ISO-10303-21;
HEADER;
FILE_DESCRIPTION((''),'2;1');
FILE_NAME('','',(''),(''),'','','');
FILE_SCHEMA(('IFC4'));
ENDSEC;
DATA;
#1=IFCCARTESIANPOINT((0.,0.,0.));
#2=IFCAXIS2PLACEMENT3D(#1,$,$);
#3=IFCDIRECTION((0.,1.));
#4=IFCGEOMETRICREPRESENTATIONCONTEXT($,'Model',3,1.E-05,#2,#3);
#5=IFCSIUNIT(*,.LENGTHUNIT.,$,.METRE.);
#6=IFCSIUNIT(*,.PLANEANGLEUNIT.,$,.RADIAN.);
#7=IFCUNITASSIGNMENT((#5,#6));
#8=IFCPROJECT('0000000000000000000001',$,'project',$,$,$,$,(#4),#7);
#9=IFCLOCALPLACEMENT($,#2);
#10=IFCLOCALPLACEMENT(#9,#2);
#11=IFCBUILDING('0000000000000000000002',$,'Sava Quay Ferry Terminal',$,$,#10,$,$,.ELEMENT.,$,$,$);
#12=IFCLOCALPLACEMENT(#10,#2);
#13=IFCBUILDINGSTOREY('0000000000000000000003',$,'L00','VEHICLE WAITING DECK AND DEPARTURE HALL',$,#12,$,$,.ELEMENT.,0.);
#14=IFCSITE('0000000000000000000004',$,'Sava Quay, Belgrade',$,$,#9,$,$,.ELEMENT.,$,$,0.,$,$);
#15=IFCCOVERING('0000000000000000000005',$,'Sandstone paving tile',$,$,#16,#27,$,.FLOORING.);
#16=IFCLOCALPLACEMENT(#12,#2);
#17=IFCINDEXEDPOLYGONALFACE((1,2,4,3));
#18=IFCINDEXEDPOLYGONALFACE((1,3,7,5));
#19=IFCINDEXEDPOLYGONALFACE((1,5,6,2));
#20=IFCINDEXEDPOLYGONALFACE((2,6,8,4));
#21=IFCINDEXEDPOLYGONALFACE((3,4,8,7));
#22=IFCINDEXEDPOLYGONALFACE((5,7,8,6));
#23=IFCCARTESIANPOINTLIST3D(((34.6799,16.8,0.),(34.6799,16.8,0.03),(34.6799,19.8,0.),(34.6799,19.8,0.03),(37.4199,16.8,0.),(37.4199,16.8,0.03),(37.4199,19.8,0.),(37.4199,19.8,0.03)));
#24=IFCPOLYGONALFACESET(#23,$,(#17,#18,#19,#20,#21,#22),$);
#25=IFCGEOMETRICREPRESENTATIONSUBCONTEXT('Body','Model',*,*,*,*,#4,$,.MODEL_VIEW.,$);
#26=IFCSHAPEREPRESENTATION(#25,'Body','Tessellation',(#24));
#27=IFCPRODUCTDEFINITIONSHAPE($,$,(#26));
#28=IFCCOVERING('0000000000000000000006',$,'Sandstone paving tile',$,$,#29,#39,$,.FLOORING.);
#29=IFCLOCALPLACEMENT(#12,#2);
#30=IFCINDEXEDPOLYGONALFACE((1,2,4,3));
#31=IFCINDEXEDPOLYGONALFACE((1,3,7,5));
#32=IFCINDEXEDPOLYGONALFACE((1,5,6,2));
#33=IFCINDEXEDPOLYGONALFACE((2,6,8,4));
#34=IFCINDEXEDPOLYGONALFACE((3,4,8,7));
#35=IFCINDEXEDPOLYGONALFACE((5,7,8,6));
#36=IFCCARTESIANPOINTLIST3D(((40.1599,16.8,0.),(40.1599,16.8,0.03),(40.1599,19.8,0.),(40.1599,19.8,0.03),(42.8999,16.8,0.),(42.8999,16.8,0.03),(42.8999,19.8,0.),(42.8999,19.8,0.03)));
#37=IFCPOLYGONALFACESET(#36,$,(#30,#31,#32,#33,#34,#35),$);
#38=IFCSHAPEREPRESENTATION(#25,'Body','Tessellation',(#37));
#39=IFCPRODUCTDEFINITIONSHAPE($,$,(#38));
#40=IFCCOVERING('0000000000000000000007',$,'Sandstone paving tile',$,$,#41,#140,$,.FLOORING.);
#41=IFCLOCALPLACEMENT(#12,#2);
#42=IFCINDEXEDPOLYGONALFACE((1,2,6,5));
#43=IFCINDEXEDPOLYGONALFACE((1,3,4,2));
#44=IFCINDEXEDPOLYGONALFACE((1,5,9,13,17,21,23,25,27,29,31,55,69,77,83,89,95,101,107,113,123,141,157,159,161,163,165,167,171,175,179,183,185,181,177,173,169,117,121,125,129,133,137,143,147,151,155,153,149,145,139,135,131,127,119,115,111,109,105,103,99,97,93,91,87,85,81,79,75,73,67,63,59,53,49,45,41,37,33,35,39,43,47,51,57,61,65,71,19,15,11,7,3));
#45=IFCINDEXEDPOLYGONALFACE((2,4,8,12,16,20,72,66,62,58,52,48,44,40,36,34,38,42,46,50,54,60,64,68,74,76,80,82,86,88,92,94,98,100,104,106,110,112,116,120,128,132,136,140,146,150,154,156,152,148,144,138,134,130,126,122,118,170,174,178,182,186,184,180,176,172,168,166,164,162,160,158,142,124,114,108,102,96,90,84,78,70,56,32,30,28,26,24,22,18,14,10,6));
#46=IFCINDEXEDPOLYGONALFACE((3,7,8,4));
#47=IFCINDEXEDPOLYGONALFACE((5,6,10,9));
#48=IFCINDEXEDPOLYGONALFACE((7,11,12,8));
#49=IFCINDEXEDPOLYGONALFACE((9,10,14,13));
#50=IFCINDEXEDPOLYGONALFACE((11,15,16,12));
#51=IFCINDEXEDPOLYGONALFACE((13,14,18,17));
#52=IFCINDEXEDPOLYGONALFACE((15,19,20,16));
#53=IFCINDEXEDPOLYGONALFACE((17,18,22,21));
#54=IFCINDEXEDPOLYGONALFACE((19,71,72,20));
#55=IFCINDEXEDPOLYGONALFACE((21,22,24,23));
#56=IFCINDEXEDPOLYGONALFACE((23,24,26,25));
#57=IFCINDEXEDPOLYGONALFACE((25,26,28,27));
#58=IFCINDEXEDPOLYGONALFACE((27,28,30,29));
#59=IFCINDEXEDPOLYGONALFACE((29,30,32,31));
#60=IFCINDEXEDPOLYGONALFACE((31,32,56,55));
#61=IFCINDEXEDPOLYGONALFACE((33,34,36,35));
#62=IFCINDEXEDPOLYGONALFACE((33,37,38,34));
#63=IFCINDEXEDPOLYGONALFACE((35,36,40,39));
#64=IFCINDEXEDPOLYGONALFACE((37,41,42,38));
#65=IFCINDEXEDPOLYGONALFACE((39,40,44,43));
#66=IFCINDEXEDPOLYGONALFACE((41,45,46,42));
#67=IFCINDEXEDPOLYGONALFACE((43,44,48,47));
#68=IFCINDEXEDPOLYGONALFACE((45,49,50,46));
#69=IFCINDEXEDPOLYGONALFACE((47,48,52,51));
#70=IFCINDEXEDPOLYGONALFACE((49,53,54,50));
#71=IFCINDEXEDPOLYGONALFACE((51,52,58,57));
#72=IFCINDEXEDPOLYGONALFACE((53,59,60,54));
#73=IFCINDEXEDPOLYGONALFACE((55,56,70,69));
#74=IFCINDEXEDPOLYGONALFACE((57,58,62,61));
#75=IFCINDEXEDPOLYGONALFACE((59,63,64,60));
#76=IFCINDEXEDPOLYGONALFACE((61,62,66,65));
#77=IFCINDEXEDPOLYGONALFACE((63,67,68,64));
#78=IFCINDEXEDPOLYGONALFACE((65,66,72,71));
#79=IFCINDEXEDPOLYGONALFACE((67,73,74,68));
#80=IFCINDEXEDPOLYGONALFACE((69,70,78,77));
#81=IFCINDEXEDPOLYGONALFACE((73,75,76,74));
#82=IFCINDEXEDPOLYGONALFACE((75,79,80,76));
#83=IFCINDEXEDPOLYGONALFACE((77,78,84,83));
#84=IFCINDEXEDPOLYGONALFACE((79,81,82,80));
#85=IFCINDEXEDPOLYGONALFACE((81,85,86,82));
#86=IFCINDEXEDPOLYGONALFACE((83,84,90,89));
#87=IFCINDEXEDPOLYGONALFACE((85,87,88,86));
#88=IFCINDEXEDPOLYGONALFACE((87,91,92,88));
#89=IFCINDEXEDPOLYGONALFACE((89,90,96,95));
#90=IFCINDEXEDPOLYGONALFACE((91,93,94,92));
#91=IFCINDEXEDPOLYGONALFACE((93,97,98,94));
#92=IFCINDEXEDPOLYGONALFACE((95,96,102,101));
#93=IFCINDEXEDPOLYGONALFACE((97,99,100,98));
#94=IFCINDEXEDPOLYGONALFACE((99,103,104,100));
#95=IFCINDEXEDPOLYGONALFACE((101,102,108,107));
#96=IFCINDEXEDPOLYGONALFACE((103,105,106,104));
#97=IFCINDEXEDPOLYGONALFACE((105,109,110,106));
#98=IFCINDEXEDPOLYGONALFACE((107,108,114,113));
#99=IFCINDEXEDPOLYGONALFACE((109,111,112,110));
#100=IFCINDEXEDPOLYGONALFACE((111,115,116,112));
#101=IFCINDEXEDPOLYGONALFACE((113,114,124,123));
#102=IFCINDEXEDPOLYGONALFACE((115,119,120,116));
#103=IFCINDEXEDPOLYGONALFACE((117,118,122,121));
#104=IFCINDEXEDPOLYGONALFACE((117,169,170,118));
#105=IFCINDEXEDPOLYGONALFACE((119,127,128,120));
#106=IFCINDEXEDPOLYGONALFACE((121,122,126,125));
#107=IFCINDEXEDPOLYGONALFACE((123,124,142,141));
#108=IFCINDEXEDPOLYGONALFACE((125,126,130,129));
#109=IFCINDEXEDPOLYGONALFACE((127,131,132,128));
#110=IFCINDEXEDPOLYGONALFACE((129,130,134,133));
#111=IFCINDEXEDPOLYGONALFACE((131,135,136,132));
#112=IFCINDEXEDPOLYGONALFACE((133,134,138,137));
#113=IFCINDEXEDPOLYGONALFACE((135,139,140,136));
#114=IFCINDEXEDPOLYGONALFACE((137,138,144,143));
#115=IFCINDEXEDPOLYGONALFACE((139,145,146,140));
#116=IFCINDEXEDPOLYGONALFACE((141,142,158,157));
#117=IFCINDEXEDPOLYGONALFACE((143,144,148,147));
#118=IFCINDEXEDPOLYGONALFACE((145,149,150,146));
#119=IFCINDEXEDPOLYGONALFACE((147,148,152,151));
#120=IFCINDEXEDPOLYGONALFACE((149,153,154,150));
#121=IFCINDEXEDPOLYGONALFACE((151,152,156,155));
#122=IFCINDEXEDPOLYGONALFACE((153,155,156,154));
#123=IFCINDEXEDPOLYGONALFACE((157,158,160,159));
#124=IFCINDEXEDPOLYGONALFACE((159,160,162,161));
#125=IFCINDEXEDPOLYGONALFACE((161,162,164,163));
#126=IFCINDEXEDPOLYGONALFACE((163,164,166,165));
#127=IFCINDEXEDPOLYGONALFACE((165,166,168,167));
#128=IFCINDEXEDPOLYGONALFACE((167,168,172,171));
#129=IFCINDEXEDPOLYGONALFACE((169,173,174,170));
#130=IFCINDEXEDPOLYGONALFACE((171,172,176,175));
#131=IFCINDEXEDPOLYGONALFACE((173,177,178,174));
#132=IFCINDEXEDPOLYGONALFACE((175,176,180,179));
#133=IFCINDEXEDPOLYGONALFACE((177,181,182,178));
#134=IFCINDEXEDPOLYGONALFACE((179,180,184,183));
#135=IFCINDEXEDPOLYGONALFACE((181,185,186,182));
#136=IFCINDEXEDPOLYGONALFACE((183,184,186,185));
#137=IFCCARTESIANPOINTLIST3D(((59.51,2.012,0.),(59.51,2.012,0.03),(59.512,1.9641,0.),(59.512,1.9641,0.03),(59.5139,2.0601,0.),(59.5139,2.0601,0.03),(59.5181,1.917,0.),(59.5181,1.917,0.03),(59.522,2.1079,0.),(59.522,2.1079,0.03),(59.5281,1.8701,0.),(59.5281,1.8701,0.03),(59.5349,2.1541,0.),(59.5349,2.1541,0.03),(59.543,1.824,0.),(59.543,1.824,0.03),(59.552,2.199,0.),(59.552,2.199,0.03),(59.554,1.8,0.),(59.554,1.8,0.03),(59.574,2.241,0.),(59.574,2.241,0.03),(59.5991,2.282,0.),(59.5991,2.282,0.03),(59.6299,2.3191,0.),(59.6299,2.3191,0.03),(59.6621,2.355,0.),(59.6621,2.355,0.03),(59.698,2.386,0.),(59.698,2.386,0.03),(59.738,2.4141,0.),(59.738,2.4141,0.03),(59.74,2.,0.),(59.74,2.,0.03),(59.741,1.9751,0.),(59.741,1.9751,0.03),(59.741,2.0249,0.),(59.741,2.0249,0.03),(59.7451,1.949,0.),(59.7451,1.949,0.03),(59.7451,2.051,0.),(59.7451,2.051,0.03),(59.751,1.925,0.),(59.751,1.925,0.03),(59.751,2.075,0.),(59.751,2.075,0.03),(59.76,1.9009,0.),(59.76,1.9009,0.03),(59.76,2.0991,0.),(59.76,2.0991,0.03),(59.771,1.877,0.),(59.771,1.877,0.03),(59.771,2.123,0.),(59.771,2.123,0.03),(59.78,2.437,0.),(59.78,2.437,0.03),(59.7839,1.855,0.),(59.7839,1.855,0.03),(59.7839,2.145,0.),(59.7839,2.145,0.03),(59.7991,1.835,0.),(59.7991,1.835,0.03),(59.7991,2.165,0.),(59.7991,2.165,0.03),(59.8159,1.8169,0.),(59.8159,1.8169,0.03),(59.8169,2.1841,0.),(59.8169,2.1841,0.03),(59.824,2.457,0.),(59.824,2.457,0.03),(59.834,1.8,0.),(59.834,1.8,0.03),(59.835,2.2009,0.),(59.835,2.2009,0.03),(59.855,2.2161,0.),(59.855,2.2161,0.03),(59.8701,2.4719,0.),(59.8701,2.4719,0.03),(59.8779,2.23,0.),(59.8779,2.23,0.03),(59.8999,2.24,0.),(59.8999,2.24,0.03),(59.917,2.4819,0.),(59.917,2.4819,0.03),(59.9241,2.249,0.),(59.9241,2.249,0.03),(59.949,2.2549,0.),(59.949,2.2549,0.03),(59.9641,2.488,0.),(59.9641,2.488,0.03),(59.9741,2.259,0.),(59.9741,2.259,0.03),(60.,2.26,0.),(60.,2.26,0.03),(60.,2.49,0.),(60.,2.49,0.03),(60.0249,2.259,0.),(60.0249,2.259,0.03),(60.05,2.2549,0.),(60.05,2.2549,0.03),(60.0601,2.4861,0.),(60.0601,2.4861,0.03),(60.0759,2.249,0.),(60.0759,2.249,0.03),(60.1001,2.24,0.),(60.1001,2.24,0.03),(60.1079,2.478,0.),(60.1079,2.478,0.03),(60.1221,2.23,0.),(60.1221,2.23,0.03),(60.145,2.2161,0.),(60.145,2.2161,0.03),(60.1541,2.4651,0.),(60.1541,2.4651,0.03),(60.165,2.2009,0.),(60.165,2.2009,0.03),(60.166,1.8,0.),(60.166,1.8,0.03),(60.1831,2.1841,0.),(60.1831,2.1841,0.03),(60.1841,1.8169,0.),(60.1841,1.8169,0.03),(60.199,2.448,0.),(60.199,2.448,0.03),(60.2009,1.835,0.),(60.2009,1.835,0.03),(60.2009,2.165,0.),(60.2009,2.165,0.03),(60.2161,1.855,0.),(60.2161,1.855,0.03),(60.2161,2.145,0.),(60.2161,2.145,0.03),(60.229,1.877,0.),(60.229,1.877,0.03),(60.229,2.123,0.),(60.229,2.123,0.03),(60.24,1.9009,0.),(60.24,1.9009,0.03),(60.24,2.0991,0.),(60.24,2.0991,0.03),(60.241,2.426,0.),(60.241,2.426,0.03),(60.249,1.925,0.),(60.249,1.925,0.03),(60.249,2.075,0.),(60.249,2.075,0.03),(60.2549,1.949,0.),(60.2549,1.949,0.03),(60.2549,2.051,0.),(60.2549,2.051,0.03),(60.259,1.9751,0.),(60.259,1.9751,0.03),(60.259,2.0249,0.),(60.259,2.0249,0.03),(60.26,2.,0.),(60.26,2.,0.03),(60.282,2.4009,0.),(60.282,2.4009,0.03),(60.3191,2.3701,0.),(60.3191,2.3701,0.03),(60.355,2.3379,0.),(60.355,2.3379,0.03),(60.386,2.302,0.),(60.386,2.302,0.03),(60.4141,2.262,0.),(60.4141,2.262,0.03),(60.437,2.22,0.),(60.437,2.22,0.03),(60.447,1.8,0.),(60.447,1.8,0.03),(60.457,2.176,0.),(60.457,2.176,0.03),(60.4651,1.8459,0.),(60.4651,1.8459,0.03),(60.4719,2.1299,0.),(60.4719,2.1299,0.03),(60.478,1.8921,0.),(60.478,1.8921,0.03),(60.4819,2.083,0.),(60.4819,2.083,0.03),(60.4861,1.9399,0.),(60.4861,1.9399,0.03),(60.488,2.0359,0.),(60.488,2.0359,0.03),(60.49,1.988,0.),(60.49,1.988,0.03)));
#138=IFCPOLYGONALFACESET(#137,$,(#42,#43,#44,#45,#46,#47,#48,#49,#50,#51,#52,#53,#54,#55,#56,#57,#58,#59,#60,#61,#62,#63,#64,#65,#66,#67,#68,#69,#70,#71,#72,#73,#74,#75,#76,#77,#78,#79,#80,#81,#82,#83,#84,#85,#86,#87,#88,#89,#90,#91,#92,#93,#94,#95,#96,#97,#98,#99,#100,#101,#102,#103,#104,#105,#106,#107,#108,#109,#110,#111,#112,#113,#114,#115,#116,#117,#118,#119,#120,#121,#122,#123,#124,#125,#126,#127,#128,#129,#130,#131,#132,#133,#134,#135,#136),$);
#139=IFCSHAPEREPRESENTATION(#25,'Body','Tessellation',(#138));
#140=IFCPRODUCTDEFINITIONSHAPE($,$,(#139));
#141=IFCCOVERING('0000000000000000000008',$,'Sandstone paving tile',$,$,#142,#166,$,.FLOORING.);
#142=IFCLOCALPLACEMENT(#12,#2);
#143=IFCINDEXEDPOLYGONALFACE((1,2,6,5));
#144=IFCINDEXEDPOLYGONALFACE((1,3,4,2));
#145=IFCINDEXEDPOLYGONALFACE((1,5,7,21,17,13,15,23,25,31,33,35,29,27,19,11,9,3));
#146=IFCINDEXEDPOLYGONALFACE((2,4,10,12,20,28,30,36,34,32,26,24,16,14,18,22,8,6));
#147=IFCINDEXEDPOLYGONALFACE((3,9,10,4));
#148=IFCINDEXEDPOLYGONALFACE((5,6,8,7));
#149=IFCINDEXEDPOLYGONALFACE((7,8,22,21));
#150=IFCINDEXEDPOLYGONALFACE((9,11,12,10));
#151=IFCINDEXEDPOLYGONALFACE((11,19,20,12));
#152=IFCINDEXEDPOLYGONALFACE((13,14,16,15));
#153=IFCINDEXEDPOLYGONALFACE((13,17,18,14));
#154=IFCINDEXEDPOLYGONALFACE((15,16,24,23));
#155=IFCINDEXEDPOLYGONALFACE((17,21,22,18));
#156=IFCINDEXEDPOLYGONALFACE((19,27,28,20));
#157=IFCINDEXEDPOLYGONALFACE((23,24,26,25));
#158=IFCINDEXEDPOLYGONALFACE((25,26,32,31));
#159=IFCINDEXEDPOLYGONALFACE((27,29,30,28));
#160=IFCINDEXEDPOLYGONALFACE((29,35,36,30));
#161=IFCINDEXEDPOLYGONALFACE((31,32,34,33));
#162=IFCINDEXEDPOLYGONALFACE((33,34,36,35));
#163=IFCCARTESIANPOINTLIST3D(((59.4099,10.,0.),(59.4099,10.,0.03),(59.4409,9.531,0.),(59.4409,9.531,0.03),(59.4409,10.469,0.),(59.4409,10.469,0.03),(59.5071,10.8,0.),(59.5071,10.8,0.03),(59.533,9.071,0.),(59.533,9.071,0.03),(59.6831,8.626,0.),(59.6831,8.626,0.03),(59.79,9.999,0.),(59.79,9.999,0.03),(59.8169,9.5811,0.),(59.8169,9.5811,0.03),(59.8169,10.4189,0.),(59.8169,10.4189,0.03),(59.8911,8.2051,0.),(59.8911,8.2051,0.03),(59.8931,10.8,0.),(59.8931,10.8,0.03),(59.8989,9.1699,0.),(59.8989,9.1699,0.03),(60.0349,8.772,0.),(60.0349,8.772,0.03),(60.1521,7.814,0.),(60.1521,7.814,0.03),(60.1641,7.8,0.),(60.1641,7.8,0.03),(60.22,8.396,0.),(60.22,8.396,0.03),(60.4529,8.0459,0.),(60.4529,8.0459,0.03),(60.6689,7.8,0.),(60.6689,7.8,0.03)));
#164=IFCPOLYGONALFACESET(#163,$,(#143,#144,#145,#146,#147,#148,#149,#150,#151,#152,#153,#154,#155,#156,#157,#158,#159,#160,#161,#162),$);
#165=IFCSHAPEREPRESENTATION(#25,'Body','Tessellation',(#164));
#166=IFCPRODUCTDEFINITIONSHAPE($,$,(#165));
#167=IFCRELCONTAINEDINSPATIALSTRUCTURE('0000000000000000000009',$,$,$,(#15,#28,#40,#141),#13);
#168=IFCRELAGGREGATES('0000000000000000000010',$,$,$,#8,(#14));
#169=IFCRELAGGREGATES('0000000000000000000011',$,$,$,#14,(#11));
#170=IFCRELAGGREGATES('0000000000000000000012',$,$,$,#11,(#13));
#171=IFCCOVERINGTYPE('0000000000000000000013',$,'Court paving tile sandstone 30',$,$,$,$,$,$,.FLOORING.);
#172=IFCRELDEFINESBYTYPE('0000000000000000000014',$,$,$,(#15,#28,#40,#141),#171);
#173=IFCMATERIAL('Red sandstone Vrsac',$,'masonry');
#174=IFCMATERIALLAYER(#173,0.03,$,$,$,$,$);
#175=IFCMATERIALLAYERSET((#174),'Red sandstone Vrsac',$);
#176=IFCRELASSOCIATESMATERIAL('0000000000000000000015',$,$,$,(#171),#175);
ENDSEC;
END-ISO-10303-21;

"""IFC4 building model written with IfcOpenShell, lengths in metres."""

from ifc_helpers import new_model, si_unit, direction, origin, place, context, subcontext, project, spatial, polyline, outline, extrude, material, layer, layer_set, type_object, element, save


model = new_model("IFC4")

# Units and contexts
model_context = context("Model", 3, precision=1e-05, world=origin(), true_north=direction((0.0, 1.0)))
body_context = subcontext(model_context, "Body", "Model", "MODEL_VIEW")
ifc_project = project(units=[si_unit("LENGTHUNIT", "METRE"), si_unit("PLANEANGLEUNIT", "RADIAN")], contexts=[model_context])

# Site, building, storey
site_placement = place(None, origin())
site = spatial("IfcSite", under=ifc_project, at=site_placement, Name="Sava Quay, Belgrade", CompositionType="ELEMENT", RefElevation=0.0)
building_placement = place(site_placement, origin())
building = spatial("IfcBuilding", under=site, at=building_placement, Name="Sava Quay Ferry Terminal", CompositionType="ELEMENT")
storey_placement = place(building_placement, origin())
storey = spatial("IfcBuildingStorey", under=building, at=storey_placement, Name="L00", Description="VEHICLE WAITING DECK AND DEPARTURE HALL", CompositionType="ELEMENT", Elevation=0.0)

# Coverings
ifc_material_1 = material(Name="Red sandstone Vrsac", Category="masonry")
ifc_layer_1 = layer(ifc_material_1, 0.03)
ifc_layer_set_1 = layer_set([ifc_layer_1], Name="Red sandstone Vrsac")
covering_type_1 = type_object("IfcCoveringType", Name="Court paving tile sandstone 30", PredefinedType="FLOORING", material=ifc_layer_set_1)
covering_1_placement = place(storey_placement, origin())
element("IfcCovering", 1, at=covering_1_placement, inside=storey, type_object=covering_type_1, Name="Sandstone paving tile", PredefinedType="FLOORING", context=body_context, shape_type="SweptSolid", body=[
    extrude(outline(polyline([(37.4199, 16.8), (37.4199, 19.8), (34.6799, 19.8), (34.6799, 16.8), (37.4199, 16.8)])), origin(), (0.0, 0.0, 1.0), 0.03),
])
covering_2_placement = place(storey_placement, origin())
element("IfcCovering", 2, at=covering_2_placement, inside=storey, type_object=covering_type_1, Name="Sandstone paving tile", PredefinedType="FLOORING", context=body_context, shape_type="SweptSolid", body=[
    extrude(outline(polyline([(42.8999, 16.8), (42.8999, 19.8), (40.1599, 19.8), (40.1599, 16.8), (42.8999, 16.8)])), origin(), (0.0, 0.0, 1.0), 0.03),
])
covering_3_placement = place(storey_placement, origin())
element("IfcCovering", 3, at=covering_3_placement, inside=storey, type_object=covering_type_1, Name="Sandstone paving tile", PredefinedType="FLOORING", context=body_context, shape_type="SweptSolid", body=[
    extrude(outline(polyline([(59.554, 1.8), (59.834, 1.8), (59.8159, 1.8169), (59.7991, 1.835), (59.7839, 1.855), (59.771, 1.877), (59.76, 1.9009), (59.751, 1.925), (59.7451, 1.949), (59.741, 1.9751), (59.74, 2.0), (59.741, 2.0249), (59.7451, 2.051), (59.751, 2.075), (59.76, 2.0991), (59.771, 2.123), (59.7839, 2.145), (59.7991, 2.165), (59.8169, 2.1841), (59.835, 2.2009), (59.855, 2.2161), (59.8779, 2.23), (59.8999, 2.24), (59.9241, 2.249), (59.949, 2.2549), (59.9741, 2.259), (60.0, 2.26), (60.0249, 2.259), (60.05, 2.2549), (60.0759, 2.249), (60.1001, 2.24), (60.1221, 2.23), (60.145, 2.2161), (60.165, 2.2009), (60.1831, 2.1841), (60.2009, 2.165), (60.2161, 2.145), (60.229, 2.123), (60.24, 2.0991), (60.249, 2.075), (60.2549, 2.051), (60.259, 2.0249), (60.26, 2.0), (60.259, 1.9751), (60.2549, 1.949), (60.249, 1.925), (60.24, 1.9009), (60.229, 1.877), (60.2161, 1.855), (60.2009, 1.835), (60.1841, 1.8169), (60.166, 1.8), (60.447, 1.8), (60.4651, 1.8459), (60.478, 1.8921), (60.4861, 1.9399), (60.49, 1.988), (60.488, 2.0359), (60.4819, 2.083), (60.4719, 2.1299), (60.457, 2.176), (60.437, 2.22), (60.4141, 2.262), (60.386, 2.302), (60.355, 2.3379), (60.3191, 2.3701), (60.282, 2.4009), (60.241, 2.426), (60.199, 2.448), (60.1541, 2.4651), (60.1079, 2.478), (60.0601, 2.4861), (60.0, 2.49), (59.9641, 2.488), (59.917, 2.4819), (59.8701, 2.4719), (59.824, 2.457), (59.78, 2.437), (59.738, 2.4141), (59.698, 2.386), (59.6621, 2.355), (59.6299, 2.3191), (59.5991, 2.282), (59.574, 2.241), (59.552, 2.199), (59.5349, 2.1541), (59.522, 2.1079), (59.5139, 2.0601), (59.51, 2.012), (59.512, 1.9641), (59.5181, 1.917), (59.5281, 1.8701), (59.543, 1.824), (59.554, 1.8)])), origin(), (0.0, 0.0, 1.0), 0.03),
])
covering_4_placement = place(storey_placement, origin())
element("IfcCovering", 4, at=covering_4_placement, inside=storey, type_object=covering_type_1, Name="Sandstone paving tile", PredefinedType="FLOORING", context=body_context, shape_type="SweptSolid", body=[
    extrude(outline(polyline([(59.8931, 10.8), (59.5071, 10.8), (59.4409, 10.469), (59.4099, 10.0), (59.4409, 9.531), (59.533, 9.071), (59.6831, 8.626), (59.8911, 8.2051), (60.1521, 7.814), (60.1641, 7.8), (60.6689, 7.8), (60.4529, 8.0459), (60.22, 8.396), (60.0349, 8.772), (59.8989, 9.1699), (59.8169, 9.5811), (59.79, 9.999), (59.8169, 10.4189), (59.8931, 10.8)])), origin(), (0.0, 0.0, 1.0), 0.03),
])

save(model, "model.ifc")
